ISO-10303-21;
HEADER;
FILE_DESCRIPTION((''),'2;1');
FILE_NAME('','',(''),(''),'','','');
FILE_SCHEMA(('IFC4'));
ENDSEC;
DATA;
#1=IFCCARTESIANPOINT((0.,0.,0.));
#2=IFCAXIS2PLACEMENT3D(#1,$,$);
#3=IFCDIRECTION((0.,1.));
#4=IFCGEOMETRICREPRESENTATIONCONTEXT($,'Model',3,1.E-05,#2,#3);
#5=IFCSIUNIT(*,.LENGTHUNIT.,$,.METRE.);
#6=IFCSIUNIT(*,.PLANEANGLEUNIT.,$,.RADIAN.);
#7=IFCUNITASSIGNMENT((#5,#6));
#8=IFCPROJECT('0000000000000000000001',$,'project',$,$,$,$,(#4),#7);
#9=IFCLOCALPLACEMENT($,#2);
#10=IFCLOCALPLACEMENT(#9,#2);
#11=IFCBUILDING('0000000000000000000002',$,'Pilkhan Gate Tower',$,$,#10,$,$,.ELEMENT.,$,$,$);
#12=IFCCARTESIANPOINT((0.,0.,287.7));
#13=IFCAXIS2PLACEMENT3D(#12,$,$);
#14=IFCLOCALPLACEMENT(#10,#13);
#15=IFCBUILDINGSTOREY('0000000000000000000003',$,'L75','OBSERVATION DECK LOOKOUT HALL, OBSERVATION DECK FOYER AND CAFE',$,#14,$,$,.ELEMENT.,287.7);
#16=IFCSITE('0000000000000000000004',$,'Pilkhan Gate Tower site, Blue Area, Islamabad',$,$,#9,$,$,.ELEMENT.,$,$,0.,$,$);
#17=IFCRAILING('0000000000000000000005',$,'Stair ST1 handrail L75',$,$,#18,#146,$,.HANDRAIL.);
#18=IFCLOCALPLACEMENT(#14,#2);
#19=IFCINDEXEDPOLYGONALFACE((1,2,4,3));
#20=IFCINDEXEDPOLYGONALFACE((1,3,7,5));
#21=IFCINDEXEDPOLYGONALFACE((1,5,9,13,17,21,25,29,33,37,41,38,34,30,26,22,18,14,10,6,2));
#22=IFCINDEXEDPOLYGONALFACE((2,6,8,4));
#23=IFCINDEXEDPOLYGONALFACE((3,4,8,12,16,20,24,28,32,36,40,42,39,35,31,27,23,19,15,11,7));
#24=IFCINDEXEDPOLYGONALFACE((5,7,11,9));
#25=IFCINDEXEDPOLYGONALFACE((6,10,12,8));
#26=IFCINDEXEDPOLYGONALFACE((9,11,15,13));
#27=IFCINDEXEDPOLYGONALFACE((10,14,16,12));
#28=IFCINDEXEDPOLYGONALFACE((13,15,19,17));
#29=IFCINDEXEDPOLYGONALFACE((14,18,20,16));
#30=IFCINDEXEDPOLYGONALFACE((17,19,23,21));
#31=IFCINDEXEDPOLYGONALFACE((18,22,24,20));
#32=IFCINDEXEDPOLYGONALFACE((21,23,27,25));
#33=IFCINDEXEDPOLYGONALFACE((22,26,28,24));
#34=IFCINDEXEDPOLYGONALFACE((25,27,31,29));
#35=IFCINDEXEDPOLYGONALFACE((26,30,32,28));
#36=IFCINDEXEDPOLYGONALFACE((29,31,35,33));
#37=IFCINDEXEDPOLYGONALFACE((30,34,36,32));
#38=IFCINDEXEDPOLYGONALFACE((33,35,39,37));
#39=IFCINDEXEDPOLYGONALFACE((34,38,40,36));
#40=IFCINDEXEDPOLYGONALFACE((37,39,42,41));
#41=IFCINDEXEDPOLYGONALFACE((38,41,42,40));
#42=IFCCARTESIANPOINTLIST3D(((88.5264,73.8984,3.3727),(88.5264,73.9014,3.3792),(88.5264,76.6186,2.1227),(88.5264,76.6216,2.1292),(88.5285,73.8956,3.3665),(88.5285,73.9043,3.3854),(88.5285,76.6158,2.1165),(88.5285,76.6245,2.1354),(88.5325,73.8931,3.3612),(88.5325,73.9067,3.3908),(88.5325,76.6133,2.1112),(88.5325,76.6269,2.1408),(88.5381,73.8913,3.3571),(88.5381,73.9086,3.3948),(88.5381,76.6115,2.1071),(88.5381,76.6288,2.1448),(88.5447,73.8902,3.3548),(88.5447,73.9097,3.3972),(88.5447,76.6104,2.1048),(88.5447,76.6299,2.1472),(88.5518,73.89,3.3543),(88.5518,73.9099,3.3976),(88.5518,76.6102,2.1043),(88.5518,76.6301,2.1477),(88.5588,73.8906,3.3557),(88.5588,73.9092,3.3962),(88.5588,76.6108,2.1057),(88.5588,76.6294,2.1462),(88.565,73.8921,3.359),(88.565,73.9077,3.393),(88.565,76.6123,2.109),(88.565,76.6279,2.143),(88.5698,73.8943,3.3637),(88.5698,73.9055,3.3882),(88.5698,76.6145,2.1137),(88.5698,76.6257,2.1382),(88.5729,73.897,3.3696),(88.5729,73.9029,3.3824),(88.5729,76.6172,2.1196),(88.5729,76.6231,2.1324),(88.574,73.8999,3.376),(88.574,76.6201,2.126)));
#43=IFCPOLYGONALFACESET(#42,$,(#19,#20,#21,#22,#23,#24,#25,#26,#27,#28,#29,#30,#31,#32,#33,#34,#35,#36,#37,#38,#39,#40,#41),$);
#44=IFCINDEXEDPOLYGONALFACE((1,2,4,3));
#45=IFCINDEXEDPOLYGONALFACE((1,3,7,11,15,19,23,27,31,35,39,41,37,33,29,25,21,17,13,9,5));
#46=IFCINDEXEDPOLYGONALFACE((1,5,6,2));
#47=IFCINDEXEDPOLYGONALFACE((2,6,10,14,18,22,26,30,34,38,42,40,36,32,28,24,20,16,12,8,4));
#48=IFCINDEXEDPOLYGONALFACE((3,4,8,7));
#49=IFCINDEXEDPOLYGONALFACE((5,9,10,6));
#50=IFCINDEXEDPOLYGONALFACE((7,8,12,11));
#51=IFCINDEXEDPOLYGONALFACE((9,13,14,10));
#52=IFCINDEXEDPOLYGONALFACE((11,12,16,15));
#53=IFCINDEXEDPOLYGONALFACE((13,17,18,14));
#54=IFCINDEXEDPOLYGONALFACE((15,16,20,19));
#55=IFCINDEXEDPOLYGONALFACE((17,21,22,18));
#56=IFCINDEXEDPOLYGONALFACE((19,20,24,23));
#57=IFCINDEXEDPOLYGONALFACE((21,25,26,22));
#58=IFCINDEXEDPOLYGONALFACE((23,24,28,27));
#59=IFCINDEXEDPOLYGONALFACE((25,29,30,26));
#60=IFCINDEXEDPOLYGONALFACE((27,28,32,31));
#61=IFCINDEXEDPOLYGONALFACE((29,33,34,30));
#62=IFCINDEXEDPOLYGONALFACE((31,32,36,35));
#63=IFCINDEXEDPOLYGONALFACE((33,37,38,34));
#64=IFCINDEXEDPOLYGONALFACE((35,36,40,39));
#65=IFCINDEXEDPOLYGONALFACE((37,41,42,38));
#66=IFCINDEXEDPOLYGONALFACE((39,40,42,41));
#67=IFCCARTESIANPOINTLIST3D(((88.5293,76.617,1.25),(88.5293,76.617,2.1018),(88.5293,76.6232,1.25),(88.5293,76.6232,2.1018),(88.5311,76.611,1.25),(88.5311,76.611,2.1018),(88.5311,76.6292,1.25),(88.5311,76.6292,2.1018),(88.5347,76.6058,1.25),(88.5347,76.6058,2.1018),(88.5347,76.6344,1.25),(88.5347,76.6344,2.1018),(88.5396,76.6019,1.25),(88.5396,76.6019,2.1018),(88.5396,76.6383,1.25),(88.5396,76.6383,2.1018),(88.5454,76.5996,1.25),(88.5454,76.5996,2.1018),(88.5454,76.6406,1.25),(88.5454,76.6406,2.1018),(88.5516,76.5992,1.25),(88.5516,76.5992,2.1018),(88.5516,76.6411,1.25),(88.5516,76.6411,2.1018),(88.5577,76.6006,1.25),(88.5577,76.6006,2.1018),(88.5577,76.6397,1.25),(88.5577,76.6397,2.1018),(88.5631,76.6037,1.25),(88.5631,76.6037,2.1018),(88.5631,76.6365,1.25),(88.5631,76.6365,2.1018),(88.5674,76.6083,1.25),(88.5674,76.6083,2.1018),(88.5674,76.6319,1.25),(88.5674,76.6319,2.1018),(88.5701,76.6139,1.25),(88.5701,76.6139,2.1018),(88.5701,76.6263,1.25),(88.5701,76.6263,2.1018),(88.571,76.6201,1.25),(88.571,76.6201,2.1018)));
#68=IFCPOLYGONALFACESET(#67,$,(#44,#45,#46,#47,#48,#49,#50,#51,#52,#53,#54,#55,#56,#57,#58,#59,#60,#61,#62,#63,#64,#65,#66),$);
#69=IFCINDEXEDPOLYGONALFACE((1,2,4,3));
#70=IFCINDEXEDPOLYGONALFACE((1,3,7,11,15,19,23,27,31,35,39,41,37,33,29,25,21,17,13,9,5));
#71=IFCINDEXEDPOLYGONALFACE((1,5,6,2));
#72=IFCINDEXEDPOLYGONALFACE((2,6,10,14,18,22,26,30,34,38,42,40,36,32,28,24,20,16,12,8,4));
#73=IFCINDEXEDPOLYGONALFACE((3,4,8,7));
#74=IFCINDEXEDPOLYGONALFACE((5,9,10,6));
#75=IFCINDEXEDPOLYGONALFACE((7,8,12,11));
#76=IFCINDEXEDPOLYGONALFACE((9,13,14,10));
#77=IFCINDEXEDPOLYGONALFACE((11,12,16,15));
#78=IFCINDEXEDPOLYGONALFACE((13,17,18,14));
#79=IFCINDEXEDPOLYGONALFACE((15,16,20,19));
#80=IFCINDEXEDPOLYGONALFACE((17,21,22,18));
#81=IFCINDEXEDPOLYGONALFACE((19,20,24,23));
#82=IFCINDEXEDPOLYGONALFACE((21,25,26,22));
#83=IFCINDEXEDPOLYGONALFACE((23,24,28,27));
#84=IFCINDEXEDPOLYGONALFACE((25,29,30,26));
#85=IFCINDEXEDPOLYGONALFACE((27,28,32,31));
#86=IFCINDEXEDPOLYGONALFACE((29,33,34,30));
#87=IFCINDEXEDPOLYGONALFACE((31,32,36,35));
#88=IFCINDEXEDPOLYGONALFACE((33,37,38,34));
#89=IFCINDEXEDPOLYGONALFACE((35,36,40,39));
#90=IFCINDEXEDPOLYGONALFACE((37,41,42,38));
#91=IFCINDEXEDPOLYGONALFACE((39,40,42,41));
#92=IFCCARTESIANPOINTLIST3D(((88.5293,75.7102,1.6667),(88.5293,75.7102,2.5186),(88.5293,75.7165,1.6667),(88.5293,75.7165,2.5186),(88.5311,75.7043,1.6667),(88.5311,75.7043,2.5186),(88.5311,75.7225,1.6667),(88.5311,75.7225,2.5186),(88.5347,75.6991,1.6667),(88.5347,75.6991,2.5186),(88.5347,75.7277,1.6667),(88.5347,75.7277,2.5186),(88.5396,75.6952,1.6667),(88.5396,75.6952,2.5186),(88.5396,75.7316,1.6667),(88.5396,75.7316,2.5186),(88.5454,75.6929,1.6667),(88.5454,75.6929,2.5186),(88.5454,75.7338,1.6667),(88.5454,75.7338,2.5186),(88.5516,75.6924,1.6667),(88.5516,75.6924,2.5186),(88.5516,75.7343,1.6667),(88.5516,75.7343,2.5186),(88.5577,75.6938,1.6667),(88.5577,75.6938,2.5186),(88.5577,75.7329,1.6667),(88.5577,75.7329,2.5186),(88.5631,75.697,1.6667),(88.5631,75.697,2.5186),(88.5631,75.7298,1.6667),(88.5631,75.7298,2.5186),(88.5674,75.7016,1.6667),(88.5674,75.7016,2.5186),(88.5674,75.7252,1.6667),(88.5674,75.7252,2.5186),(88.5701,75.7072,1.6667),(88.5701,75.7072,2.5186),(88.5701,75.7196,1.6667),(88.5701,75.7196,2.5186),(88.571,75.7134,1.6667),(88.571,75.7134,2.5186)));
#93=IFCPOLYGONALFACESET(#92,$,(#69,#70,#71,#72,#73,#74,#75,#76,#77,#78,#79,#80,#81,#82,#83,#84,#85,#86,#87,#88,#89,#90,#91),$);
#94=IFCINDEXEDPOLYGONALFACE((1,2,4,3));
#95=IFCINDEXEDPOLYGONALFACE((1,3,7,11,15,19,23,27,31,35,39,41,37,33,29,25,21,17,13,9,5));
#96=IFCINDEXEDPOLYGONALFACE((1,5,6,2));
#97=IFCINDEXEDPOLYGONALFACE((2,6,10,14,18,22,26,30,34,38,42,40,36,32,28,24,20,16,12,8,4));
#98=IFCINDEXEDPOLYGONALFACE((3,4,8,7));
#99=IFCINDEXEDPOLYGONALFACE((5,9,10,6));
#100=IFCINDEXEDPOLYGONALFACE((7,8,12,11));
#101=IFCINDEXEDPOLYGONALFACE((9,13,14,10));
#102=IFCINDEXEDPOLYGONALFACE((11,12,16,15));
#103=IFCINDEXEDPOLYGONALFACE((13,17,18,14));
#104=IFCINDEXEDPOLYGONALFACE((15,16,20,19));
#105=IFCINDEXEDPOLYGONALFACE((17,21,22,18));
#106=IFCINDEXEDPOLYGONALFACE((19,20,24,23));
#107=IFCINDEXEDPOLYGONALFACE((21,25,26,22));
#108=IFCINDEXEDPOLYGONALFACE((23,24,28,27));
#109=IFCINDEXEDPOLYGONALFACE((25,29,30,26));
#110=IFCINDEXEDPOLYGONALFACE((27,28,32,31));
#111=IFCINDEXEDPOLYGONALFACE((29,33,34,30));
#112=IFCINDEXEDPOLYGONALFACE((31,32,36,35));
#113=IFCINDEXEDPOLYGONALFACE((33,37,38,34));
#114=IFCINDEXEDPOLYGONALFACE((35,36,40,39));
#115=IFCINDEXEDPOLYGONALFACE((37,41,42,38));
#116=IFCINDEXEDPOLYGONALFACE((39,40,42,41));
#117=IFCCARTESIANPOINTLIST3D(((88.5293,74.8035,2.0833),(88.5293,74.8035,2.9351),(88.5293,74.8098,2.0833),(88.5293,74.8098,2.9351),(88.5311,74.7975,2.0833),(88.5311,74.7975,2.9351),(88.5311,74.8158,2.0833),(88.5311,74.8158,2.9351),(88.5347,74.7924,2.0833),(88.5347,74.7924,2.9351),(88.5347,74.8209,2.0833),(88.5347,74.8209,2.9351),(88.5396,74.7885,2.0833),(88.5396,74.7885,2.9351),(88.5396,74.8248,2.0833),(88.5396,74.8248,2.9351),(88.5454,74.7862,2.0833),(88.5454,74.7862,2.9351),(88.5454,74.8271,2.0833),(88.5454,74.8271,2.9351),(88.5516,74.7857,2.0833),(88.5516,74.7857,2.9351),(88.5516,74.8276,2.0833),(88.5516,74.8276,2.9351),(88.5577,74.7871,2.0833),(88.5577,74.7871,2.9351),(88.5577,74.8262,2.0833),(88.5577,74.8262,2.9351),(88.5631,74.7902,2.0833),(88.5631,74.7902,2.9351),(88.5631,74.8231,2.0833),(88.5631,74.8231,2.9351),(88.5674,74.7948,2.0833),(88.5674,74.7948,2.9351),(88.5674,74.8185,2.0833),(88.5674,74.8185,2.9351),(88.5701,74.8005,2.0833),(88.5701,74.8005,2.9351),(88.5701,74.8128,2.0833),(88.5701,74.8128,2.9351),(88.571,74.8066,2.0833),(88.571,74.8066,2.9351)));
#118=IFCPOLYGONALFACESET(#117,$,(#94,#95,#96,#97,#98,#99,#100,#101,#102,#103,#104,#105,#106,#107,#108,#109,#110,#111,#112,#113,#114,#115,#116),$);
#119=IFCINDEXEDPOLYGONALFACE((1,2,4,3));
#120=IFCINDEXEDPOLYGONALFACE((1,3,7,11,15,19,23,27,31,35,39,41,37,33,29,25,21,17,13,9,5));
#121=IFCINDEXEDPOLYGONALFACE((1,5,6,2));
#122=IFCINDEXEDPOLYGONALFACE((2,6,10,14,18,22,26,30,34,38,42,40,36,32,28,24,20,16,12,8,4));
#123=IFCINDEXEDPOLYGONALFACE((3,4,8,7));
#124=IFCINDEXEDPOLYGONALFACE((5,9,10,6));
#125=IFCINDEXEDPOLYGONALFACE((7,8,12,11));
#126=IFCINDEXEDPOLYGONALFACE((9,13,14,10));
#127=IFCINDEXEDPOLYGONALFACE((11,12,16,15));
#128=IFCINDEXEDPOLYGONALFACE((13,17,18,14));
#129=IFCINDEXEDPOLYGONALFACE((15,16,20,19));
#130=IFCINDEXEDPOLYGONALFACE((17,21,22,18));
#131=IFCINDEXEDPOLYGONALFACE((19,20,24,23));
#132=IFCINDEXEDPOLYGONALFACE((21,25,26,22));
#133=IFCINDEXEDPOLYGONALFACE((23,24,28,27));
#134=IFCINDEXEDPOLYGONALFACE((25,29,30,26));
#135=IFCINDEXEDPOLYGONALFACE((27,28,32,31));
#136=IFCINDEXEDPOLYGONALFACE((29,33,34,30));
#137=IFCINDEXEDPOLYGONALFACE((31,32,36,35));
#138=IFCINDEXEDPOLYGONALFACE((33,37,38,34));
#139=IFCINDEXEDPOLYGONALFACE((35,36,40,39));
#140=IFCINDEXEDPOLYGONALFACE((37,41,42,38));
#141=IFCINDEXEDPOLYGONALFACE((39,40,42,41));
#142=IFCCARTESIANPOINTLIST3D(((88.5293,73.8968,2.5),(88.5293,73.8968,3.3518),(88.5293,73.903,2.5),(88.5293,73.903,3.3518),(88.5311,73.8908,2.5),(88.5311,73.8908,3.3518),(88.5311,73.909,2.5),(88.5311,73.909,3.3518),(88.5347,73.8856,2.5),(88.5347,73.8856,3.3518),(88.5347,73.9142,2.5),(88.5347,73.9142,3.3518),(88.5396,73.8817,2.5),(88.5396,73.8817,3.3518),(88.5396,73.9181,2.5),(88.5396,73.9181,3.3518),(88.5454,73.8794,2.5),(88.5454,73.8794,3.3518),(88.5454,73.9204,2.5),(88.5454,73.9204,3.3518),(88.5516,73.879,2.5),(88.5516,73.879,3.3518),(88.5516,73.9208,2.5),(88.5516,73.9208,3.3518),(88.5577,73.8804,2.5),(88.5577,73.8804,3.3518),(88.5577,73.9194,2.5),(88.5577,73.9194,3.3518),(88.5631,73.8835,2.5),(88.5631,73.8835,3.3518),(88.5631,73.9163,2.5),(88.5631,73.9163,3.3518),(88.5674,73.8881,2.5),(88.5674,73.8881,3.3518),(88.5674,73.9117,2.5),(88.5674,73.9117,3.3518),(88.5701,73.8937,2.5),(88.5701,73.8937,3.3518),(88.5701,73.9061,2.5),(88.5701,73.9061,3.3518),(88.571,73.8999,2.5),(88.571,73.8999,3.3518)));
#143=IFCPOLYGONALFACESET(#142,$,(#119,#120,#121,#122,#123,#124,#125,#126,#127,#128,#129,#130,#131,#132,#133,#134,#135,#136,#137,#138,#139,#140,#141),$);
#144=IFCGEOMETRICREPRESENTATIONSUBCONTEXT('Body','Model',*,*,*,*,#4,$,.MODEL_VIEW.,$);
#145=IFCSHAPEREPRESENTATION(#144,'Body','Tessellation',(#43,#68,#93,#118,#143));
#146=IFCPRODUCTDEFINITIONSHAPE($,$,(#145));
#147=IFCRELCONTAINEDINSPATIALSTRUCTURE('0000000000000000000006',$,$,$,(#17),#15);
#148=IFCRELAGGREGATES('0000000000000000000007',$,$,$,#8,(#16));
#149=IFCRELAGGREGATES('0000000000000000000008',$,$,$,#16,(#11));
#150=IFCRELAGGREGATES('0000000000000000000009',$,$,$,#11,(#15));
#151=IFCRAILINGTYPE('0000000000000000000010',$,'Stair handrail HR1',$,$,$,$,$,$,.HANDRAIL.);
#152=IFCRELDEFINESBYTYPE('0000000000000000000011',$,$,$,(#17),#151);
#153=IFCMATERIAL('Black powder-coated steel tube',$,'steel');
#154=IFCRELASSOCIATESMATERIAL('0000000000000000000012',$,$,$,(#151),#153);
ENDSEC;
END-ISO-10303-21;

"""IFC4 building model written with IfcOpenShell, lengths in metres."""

from ifc_helpers import new_model, si_unit, direction, frame, origin, origin_2d, place, context, subcontext, project, spatial, circle, extrude, material, type_object, element, save


model = new_model("IFC4")

# Units and contexts
model_context = context("Model", 3, precision=1e-05, world=origin(), true_north=direction((0.0, 1.0)))
body_context = subcontext(model_context, "Body", "Model", "MODEL_VIEW")
ifc_project = project(units=[si_unit("LENGTHUNIT", "METRE"), si_unit("PLANEANGLEUNIT", "RADIAN")], contexts=[model_context])

# Site, building, storey
site_placement = place(None, origin())
site = spatial("IfcSite", under=ifc_project, at=site_placement, Name="Pilkhan Gate Tower site, Blue Area, Islamabad", CompositionType="ELEMENT", RefElevation=0.0)
building_placement = place(site_placement, origin())
building = spatial("IfcBuilding", under=site, at=building_placement, Name="Pilkhan Gate Tower", CompositionType="ELEMENT")
storey_placement = place(building_placement, frame((0.0, 0.0, 287.7)))
storey = spatial("IfcBuildingStorey", under=building, at=storey_placement, Name="L75", Description="OBSERVATION DECK LOOKOUT HALL, OBSERVATION DECK FOYER AND CAFE", CompositionType="ELEMENT", Elevation=287.7)

# Railing
ifc_material_1 = material(Name="Black powder-coated steel tube", Category="steel")
railing_type_1 = type_object("IfcRailingType", Name="Stair handrail HR1", PredefinedType="HANDRAIL", material=ifc_material_1)
railing_1_placement = place(storey_placement, frame((88.55, 76.6201, 1.25)))
element("IfcRailing", 1, at=railing_1_placement, inside=storey, type_object=railing_type_1, Name="Stair ST1 handrail L75", PredefinedType="HANDRAIL", context=body_context, shape_type="SweptSolid", body=[
    extrude(circle(Radius=0.0239, at=origin_2d()), frame((0.0, 0.0, 0.876), z_axis=(0.0, -0.908655, 0.417547), x_axis=(1.0, 0.0, 0.0)), (0.0, 0.0, 1.0), 2.9937),
    extrude(circle(Radius=0.021, at=origin_2d()), origin(), (0.0, 0.0, 1.0), 0.8518),
    extrude(circle(Radius=0.021, at=origin_2d()), frame((0.0, -0.9067, 0.4167)), (0.0, 0.0, 1.0), 0.8518),
    extrude(circle(Radius=0.021, at=origin_2d()), frame((0.0, -1.8135, 0.8333)), (0.0, 0.0, 1.0), 0.8518),
    extrude(circle(Radius=0.021, at=origin_2d()), frame((0.0, -2.7202, 1.25)), (0.0, 0.0, 1.0), 0.8518),
])

save(model, "model.ifc")
